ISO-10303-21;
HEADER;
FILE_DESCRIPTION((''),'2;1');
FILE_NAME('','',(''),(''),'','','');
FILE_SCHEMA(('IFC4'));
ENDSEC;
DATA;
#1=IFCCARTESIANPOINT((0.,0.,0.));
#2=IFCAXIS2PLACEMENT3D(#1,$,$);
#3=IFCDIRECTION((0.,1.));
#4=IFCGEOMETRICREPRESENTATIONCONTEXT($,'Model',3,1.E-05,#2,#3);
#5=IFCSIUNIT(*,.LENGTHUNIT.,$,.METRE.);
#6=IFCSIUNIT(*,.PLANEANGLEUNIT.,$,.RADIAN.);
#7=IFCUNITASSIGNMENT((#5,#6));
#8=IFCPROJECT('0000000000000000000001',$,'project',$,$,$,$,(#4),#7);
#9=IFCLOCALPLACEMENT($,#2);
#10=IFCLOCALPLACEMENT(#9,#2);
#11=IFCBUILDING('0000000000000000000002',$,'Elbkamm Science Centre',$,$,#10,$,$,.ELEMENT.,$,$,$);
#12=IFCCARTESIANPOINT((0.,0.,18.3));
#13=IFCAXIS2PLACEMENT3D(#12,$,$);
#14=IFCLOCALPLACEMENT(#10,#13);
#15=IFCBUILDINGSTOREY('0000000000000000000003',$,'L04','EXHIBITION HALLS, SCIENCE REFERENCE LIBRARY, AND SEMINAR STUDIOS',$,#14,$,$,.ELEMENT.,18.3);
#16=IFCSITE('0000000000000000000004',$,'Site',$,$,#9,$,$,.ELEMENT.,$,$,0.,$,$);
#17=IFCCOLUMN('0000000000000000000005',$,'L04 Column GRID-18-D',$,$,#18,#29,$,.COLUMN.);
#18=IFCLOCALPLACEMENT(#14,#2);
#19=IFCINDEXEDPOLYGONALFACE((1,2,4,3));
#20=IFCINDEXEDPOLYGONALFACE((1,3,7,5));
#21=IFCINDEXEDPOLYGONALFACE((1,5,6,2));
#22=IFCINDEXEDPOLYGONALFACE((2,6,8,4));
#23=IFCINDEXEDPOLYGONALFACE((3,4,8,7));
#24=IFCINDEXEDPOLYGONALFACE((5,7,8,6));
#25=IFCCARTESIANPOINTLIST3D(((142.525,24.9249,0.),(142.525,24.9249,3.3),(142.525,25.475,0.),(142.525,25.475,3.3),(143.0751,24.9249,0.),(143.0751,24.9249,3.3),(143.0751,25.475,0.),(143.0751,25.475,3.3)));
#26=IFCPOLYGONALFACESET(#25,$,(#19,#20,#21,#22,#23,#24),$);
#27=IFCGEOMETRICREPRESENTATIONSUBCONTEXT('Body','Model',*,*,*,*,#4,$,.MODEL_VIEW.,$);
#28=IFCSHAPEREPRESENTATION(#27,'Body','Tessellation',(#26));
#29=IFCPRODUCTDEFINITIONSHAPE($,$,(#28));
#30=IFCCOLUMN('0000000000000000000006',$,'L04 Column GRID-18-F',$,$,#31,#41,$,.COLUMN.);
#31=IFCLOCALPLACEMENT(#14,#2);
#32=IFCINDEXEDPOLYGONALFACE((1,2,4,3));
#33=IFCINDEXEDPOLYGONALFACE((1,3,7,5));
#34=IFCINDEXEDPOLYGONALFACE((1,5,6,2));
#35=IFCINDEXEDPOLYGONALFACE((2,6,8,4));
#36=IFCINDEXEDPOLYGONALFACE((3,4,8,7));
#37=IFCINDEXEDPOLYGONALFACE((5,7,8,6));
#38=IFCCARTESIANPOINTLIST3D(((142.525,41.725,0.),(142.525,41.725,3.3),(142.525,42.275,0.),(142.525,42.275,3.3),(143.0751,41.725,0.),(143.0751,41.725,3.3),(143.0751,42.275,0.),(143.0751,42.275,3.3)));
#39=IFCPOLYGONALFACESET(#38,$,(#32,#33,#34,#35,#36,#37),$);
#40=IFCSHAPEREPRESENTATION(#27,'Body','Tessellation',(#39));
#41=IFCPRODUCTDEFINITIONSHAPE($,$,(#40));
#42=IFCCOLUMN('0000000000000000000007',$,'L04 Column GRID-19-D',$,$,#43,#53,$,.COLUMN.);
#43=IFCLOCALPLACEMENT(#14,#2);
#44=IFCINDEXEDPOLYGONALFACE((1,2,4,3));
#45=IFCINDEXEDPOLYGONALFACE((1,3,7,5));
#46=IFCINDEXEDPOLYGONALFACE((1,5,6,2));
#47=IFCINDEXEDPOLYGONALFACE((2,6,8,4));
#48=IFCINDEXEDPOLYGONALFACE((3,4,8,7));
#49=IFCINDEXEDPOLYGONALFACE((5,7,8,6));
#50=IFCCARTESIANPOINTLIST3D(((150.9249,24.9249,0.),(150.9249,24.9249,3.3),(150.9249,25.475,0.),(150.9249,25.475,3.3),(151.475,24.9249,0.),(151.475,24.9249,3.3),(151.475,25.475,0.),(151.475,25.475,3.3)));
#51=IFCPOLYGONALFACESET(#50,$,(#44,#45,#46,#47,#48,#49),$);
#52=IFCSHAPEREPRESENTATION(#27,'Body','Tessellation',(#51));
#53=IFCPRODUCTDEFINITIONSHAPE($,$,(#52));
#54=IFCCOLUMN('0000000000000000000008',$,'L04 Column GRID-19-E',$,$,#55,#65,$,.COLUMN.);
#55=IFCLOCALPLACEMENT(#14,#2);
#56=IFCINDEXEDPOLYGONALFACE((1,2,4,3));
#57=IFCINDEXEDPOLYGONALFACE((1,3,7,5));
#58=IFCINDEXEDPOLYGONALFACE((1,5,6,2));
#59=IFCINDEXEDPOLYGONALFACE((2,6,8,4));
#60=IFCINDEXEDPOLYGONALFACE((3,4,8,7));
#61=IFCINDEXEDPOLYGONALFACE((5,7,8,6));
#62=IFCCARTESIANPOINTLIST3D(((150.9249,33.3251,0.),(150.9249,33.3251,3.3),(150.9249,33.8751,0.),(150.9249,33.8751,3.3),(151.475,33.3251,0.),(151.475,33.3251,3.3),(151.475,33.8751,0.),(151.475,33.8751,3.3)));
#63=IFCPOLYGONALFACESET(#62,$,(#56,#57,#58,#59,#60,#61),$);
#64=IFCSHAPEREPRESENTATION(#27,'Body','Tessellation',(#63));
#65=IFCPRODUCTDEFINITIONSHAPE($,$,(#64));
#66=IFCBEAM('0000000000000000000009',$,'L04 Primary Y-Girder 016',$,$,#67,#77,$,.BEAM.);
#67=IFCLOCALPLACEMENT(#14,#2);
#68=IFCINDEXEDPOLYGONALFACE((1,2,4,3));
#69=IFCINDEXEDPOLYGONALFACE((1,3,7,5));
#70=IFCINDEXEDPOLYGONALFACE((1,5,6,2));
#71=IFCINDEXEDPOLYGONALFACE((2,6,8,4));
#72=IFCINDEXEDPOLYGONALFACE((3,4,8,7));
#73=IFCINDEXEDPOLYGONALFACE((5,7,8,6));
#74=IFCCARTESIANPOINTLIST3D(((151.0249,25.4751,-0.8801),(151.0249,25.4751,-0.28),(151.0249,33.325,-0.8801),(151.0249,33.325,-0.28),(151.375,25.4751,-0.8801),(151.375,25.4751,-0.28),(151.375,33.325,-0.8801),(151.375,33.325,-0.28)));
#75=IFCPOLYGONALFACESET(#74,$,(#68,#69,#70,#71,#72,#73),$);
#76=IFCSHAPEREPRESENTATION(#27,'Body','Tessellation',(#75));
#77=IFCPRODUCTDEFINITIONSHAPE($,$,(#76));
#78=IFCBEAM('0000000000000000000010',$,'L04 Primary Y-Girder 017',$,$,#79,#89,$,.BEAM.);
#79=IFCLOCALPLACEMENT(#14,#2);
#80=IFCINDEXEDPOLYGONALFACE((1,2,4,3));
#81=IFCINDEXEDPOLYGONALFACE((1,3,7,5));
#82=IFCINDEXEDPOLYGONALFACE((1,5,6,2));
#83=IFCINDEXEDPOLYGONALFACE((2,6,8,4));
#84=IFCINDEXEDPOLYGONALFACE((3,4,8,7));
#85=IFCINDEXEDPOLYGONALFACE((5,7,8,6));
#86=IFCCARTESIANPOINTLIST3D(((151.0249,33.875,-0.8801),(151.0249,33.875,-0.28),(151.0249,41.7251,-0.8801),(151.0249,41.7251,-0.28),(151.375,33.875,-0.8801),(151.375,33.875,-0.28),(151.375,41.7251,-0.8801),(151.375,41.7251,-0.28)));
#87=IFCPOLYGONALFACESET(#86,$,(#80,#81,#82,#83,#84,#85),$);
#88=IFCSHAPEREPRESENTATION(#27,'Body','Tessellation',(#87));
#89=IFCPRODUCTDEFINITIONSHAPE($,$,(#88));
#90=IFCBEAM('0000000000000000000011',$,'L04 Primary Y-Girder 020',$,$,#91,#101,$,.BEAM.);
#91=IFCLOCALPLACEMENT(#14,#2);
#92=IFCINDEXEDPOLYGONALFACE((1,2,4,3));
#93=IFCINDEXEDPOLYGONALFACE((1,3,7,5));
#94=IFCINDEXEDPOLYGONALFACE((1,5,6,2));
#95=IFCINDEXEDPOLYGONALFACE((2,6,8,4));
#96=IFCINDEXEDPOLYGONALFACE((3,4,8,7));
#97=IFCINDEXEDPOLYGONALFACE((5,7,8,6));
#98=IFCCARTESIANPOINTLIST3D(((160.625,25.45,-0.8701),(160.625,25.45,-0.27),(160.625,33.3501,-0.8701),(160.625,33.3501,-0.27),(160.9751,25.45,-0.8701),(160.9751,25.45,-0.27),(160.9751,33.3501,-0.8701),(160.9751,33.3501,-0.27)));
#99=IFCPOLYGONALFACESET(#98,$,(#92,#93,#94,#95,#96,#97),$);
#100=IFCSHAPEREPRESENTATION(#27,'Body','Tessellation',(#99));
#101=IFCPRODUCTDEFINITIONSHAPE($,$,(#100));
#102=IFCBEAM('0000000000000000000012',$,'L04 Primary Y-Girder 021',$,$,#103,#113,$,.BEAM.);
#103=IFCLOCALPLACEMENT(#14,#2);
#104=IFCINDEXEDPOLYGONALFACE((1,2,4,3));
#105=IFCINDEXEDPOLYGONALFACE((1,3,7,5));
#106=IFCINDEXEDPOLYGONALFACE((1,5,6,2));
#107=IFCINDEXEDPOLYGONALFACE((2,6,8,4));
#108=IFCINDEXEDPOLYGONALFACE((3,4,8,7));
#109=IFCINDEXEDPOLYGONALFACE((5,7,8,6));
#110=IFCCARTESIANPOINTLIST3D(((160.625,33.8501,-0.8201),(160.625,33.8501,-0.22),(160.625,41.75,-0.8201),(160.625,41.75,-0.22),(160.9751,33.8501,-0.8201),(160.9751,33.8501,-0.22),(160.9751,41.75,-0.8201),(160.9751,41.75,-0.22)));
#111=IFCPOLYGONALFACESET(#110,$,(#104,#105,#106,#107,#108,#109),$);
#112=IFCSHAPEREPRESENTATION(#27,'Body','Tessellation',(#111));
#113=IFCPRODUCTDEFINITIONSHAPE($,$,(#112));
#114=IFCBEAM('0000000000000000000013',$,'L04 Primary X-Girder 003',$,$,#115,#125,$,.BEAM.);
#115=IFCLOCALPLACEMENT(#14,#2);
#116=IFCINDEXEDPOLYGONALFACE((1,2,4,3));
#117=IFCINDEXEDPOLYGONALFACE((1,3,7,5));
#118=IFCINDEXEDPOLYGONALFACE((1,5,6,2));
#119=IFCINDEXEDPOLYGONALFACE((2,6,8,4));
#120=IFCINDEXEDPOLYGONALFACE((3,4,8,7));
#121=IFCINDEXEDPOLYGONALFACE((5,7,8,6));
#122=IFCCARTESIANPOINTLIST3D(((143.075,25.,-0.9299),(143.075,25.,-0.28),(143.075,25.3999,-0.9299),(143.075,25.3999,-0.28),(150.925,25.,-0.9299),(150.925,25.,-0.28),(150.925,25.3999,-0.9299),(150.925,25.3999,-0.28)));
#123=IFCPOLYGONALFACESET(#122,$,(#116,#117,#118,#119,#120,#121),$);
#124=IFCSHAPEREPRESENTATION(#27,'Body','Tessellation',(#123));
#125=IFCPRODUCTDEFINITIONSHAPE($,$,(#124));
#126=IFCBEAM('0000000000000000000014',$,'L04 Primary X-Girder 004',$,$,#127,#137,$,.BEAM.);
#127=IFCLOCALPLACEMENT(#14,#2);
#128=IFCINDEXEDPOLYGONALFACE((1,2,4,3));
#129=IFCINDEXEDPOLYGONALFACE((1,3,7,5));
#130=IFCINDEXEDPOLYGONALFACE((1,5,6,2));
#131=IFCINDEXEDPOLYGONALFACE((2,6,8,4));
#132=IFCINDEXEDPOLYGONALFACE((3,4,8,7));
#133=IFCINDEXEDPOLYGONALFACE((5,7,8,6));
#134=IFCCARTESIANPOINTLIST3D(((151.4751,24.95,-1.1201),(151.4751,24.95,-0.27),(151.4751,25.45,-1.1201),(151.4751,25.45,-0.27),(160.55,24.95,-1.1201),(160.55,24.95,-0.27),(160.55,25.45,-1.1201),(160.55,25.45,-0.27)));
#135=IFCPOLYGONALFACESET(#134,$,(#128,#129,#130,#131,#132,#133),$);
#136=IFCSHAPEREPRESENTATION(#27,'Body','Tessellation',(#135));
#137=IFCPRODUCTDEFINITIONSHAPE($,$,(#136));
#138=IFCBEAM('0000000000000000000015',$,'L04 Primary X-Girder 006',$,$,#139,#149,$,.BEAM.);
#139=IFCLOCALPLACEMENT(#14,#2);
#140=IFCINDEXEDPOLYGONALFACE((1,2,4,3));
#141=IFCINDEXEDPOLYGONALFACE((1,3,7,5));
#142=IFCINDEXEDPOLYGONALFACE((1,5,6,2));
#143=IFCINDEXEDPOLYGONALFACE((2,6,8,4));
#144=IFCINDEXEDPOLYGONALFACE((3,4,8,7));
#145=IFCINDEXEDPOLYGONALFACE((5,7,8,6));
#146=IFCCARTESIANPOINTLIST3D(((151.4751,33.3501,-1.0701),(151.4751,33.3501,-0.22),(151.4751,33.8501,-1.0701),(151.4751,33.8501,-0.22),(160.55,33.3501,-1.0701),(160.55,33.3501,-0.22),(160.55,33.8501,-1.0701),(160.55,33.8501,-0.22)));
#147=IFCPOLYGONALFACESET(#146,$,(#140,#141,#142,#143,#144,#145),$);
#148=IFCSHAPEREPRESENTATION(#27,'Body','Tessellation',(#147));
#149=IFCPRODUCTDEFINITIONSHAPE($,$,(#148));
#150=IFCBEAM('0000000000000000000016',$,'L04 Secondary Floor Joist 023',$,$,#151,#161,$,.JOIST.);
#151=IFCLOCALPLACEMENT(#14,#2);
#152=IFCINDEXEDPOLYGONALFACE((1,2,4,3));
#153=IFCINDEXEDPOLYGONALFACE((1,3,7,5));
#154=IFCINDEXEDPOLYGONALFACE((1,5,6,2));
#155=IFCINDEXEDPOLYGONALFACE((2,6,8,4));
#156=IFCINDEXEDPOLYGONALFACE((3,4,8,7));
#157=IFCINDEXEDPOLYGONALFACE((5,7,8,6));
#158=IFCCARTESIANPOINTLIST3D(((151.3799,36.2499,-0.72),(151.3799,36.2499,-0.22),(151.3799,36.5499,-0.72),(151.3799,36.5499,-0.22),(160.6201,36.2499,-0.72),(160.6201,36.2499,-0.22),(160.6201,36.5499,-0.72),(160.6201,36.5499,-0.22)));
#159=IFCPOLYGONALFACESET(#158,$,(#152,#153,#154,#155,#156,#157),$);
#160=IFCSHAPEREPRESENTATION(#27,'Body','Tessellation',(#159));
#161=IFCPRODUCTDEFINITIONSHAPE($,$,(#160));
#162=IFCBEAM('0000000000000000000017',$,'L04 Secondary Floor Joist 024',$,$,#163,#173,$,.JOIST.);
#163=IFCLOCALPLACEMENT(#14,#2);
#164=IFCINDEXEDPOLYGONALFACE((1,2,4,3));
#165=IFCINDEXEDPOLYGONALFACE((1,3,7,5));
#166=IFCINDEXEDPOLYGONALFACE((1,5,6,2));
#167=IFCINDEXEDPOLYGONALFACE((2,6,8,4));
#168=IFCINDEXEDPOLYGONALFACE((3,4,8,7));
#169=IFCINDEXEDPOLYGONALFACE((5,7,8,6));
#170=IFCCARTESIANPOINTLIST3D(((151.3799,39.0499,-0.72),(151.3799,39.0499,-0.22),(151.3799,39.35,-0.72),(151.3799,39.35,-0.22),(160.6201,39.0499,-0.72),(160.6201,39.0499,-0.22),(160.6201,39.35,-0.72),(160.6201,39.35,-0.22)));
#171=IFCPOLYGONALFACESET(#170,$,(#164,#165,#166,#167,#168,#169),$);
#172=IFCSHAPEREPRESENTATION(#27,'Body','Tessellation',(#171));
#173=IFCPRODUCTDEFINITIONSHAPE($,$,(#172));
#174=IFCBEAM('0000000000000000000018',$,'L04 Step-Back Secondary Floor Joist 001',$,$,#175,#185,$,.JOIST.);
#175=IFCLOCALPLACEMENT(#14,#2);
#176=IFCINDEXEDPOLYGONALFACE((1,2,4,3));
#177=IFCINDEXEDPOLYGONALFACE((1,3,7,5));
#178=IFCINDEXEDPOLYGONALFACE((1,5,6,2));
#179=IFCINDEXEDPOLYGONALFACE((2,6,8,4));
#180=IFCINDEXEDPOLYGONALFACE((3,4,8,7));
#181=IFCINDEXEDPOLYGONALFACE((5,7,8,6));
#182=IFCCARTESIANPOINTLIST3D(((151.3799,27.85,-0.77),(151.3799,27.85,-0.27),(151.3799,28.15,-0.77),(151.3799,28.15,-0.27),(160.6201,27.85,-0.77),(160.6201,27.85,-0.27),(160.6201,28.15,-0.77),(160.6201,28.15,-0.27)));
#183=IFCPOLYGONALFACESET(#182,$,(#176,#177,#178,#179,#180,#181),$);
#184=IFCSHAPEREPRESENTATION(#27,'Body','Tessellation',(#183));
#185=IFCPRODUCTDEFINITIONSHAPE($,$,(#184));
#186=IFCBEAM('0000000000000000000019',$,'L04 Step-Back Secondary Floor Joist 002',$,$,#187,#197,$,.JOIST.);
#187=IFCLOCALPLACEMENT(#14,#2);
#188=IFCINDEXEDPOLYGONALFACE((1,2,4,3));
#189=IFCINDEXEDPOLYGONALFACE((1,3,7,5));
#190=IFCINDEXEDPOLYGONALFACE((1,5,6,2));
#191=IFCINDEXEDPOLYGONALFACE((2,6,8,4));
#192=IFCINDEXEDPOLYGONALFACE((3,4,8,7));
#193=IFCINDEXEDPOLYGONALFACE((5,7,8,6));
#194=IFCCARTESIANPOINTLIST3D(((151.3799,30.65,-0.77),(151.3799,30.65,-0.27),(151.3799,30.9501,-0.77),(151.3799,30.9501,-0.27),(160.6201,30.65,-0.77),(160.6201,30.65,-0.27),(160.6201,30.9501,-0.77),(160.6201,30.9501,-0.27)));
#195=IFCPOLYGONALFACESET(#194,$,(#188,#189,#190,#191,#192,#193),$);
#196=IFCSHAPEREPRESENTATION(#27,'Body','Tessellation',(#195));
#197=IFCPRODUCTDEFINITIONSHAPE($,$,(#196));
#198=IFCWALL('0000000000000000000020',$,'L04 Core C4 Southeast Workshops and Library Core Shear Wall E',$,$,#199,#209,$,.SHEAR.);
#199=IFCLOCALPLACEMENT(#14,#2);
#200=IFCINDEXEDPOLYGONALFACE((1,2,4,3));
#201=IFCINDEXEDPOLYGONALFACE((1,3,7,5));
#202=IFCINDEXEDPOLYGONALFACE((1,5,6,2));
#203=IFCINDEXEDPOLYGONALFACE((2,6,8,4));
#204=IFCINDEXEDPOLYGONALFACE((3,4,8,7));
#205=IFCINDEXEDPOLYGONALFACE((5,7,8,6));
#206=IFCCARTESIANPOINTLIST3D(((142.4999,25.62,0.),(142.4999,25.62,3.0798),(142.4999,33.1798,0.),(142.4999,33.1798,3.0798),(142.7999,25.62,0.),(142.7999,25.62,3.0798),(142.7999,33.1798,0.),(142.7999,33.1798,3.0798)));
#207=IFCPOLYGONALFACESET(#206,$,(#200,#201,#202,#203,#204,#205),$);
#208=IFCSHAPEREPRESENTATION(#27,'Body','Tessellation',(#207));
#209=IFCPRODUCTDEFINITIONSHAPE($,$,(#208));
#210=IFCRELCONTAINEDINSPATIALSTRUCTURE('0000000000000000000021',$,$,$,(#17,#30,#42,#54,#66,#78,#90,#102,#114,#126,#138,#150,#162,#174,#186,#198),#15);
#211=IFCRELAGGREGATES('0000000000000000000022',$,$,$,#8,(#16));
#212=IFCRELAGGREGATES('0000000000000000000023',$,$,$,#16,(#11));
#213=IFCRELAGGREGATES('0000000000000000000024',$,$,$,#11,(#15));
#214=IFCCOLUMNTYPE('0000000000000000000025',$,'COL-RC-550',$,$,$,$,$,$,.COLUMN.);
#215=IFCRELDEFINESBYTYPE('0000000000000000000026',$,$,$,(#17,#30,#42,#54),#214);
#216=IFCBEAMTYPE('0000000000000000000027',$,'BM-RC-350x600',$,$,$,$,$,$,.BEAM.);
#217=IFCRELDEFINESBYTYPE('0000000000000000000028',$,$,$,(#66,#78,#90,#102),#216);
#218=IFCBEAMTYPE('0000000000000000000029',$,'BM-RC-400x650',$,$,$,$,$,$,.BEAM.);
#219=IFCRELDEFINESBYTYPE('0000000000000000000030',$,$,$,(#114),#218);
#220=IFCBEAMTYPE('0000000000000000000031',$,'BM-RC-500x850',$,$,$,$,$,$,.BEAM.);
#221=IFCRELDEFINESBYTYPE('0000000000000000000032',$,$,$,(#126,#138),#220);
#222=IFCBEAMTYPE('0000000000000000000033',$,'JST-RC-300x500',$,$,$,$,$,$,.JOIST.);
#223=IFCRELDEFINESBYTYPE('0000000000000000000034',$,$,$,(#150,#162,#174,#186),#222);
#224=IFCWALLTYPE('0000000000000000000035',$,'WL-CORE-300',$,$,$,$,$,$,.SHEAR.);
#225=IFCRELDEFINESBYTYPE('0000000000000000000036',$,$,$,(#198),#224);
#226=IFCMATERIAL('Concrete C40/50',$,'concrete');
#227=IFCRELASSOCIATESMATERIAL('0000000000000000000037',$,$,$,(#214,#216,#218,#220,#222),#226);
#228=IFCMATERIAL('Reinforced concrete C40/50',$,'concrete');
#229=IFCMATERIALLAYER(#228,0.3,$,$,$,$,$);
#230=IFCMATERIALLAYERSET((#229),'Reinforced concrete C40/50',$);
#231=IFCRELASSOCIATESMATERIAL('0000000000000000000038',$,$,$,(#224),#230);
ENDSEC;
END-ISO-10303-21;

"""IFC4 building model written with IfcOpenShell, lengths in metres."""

from ifc_helpers import new_model, si_unit, direction, frame, frame_2d, origin, origin_2d, place, context, subcontext, project, spatial, rectangle, extrude, material, layer, layer_set, material_profile, profile_set, type_object, element, save


model = new_model("IFC4")

# Units and contexts
model_context = context("Model", 3, precision=1e-05, world=origin(), true_north=direction((0.0, 1.0)))
body_context = subcontext(model_context, "Body", "Model", "MODEL_VIEW")
ifc_project = project(units=[si_unit("LENGTHUNIT", "METRE"), si_unit("PLANEANGLEUNIT", "RADIAN")], contexts=[model_context])

# Site, building, storey
site_placement = place(None, origin())
site = spatial("IfcSite", under=ifc_project, at=site_placement, Name="Site", CompositionType="ELEMENT", RefElevation=0.0)
building_placement = place(site_placement, origin())
building = spatial("IfcBuilding", under=site, at=building_placement, Name="Elbkamm Science Centre", CompositionType="ELEMENT")
storey_placement = place(building_placement, frame((0.0, 0.0, 18.3)))
storey = spatial("IfcBuildingStorey", under=building, at=storey_placement, Name="L04", Description="EXHIBITION HALLS, SCIENCE REFERENCE LIBRARY, AND SEMINAR STUDIOS", CompositionType="ELEMENT", Elevation=18.3)

# Columns
ifc_material_1 = material(Name="Concrete C40/50", Category="concrete")
ifc_material_profile_1 = material_profile(ifc_material_1, rectangle(XDim=0.55, YDim=0.55, at=origin_2d()), Name="RC 550x550")
ifc_profile_set_1 = profile_set([ifc_material_profile_1], Name="Concrete C40/50")
column_type = type_object("IfcColumnType", Name="COL-RC-550", PredefinedType="COLUMN", material=ifc_profile_set_1)
for number, where, z_axis, x_axis, name in (
    (1, (142.8, 25.2, 0.0), (0.0, 0.0, 1.0), (1.0, 0.0, 0.0), "L04 Column GRID-18-D"),
    (2, (142.8, 42.0, 0.0), (0.0, 0.0, 1.0), (1.0, 0.0, 0.0), "L04 Column GRID-18-F"),
    (3, (151.2, 25.2, 0.0), (0.0, 0.0, 1.0), (1.0, 0.0, 0.0), "L04 Column GRID-19-D"),
    (4, (151.2, 33.6001, 0.0), (0.0, 0.0, 1.0), (1.0, 0.0, 0.0), "L04 Column GRID-19-E"),
):
    element("IfcColumn", number, at=place(storey_placement, frame(where, z_axis=z_axis, x_axis=x_axis)), inside=storey, type_object=column_type, Name=name, PredefinedType="COLUMN", context=body_context, shape_type="SweptSolid", body=[
        extrude(rectangle(XDim=0.55, YDim=0.55, at=origin_2d()), origin(), (0.0, 0.0, 1.0), 3.3),
    ])

# Beams
ifc_material_profile_2 = material_profile(ifc_material_1, rectangle(XDim=0.3501, YDim=0.6001, at=origin_2d()), Name="RC 350x600")
ifc_profile_set_2 = profile_set([ifc_material_profile_2], Name="Concrete C40/50")
beam_type_1 = type_object("IfcBeamType", Name="BM-RC-350x600", PredefinedType="BEAM", material=ifc_profile_set_2)
beam_1_placement = place(storey_placement, frame((151.2, 25.4751, -0.5801), z_axis=(0.0, 1.0, 0.0), x_axis=(-1.0, 0.0, 0.0)))
element("IfcBeam", 5, at=beam_1_placement, inside=storey, type_object=beam_type_1, Name="L04 Primary Y-Girder 016", PredefinedType="BEAM", context=body_context, shape_type="SweptSolid", body=[
    extrude(rectangle(XDim=0.3501, YDim=0.6001, at=origin_2d()), origin(), (0.0, 0.0, 1.0), 7.8499),
])
beam_2_placement = place(storey_placement, frame((151.2, 33.875, -0.5801), z_axis=(0.0, 1.0, 0.0), x_axis=(-1.0, 0.0, 0.0)))
element("IfcBeam", 6, at=beam_2_placement, inside=storey, type_object=beam_type_1, Name="L04 Primary Y-Girder 017", PredefinedType="BEAM", context=body_context, shape_type="SweptSolid", body=[
    extrude(rectangle(XDim=0.3501, YDim=0.6001, at=origin_2d()), origin(), (0.0, 0.0, 1.0), 7.8501),
])
beam_3_placement = place(storey_placement, frame((160.8, 25.45, -0.5701), z_axis=(0.0, 1.0, 0.0), x_axis=(-1.0, 0.0, 0.0)))
element("IfcBeam", 7, at=beam_3_placement, inside=storey, type_object=beam_type_1, Name="L04 Primary Y-Girder 020", PredefinedType="BEAM", context=body_context, shape_type="SweptSolid", body=[
    extrude(rectangle(XDim=0.3501, YDim=0.6001, at=origin_2d()), origin(), (0.0, 0.0, 1.0), 7.9001),
])
beam_4_placement = place(storey_placement, frame((160.8, 33.8501, -0.52), z_axis=(0.0, 1.0, 0.0), x_axis=(-1.0, 0.0, 0.0)))
element("IfcBeam", 8, at=beam_4_placement, inside=storey, type_object=beam_type_1, Name="L04 Primary Y-Girder 021", PredefinedType="BEAM", context=body_context, shape_type="SweptSolid", body=[
    extrude(rectangle(XDim=0.3501, YDim=0.6001, at=origin_2d()), origin(), (0.0, 0.0, 1.0), 7.8999),
])
ifc_material_profile_3 = material_profile(ifc_material_1, rectangle(XDim=0.3999, YDim=0.6499, at=origin_2d()), Name="RC 400x650")
ifc_profile_set_3 = profile_set([ifc_material_profile_3], Name="Concrete C40/50")
beam_type_2 = type_object("IfcBeamType", Name="BM-RC-400x650", PredefinedType="BEAM", material=ifc_profile_set_3)
beam_5_placement = place(storey_placement, frame((143.075, 25.2, -0.605), z_axis=(1.0, 0.0, 0.0), x_axis=(0.0, 1.0, 0.0)))
element("IfcBeam", 9, at=beam_5_placement, inside=storey, type_object=beam_type_2, Name="L04 Primary X-Girder 003", PredefinedType="BEAM", context=body_context, shape_type="SweptSolid", body=[
    extrude(rectangle(XDim=0.3999, YDim=0.6499, at=origin_2d()), origin(), (0.0, 0.0, 1.0), 7.8501),
])
ifc_material_profile_4 = material_profile(ifc_material_1, rectangle(XDim=0.5, YDim=0.8501, at=origin_2d()), Name="RC 500x850")
ifc_profile_set_4 = profile_set([ifc_material_profile_4], Name="Concrete C40/50")
beam_type_3 = type_object("IfcBeamType", Name="BM-RC-500x850", PredefinedType="BEAM", material=ifc_profile_set_4)
for number, where, z_axis, x_axis, name in (
    (10, (151.4751, 25.2, -0.6951), (1.0, 0.0, 0.0), (0.0, 1.0, 0.0), "L04 Primary X-Girder 004"),
    (11, (151.4751, 33.6001, -0.645), (1.0, 0.0, 0.0), (0.0, 1.0, 0.0), "L04 Primary X-Girder 006"),
):
    element("IfcBeam", number, at=place(storey_placement, frame(where, z_axis=z_axis, x_axis=x_axis)), inside=storey, type_object=beam_type_3, Name=name, PredefinedType="BEAM", context=body_context, shape_type="SweptSolid", body=[
        extrude(rectangle(XDim=0.5, YDim=0.8501, at=origin_2d()), origin(), (0.0, 0.0, 1.0), 9.075),
    ])
ifc_material_profile_5 = material_profile(ifc_material_1, rectangle(XDim=0.3, YDim=0.5, at=origin_2d()), Name="RC 300x500")
ifc_profile_set_5 = profile_set([ifc_material_profile_5], Name="Concrete C40/50")
beam_type_4 = type_object("IfcBeamType", Name="JST-RC-300x500", PredefinedType="JOIST", material=ifc_profile_set_5)
for number, where, z_axis, x_axis, name in (
    (12, (151.3799, 36.3999, -0.47), (1.0, 0.0, 0.0), (0.0, 1.0, 0.0), "L04 Secondary Floor Joist 023"),
    (13, (151.3799, 39.2, -0.47), (1.0, 0.0, 0.0), (0.0, 1.0, 0.0), "L04 Secondary Floor Joist 024"),
    (14, (151.3799, 28.0, -0.52), (1.0, 0.0, 0.0), (0.0, 1.0, 0.0), "L04 Step-Back Secondary Floor Joist 001"),
    (15, (151.3799, 30.8, -0.52), (1.0, 0.0, 0.0), (0.0, 1.0, 0.0), "L04 Step-Back Secondary Floor Joist 002"),
):
    element("IfcBeam", number, at=place(storey_placement, frame(where, z_axis=z_axis, x_axis=x_axis)), inside=storey, type_object=beam_type_4, Name=name, PredefinedType="JOIST", context=body_context, shape_type="SweptSolid", body=[
        extrude(rectangle(XDim=0.3, YDim=0.5, at=origin_2d()), origin(), (0.0, 0.0, 1.0), 9.2402),
    ])

# Wall
ifc_material_2 = material(Name="Reinforced concrete C40/50", Category="concrete")
ifc_layer_1 = layer(ifc_material_2, 0.3)
ifc_layer_set_1 = layer_set([ifc_layer_1], Name="Reinforced concrete C40/50")
wall_type_1 = type_object("IfcWallType", Name="WL-CORE-300", PredefinedType="SHEAR", material=ifc_layer_set_1)
wall_1_placement = place(storey_placement, frame((142.6499, 25.6201, 0.0), z_axis=(0.0, 0.0, 1.0), x_axis=(0.0, 1.0, 0.0)))
element("IfcWall", 16, at=wall_1_placement, inside=storey, type_object=wall_type_1, Name="L04 Core C4 Southeast Workshops and Library Core Shear Wall E", PredefinedType="SHEAR", context=body_context, shape_type="SweptSolid", body=[
    extrude(rectangle(XDim=7.5598, YDim=0.3, at=frame_2d((3.7798, 0.0))), origin(), (0.0, 0.0, 1.0), 3.0798),
])

save(model, "model.ifc")
